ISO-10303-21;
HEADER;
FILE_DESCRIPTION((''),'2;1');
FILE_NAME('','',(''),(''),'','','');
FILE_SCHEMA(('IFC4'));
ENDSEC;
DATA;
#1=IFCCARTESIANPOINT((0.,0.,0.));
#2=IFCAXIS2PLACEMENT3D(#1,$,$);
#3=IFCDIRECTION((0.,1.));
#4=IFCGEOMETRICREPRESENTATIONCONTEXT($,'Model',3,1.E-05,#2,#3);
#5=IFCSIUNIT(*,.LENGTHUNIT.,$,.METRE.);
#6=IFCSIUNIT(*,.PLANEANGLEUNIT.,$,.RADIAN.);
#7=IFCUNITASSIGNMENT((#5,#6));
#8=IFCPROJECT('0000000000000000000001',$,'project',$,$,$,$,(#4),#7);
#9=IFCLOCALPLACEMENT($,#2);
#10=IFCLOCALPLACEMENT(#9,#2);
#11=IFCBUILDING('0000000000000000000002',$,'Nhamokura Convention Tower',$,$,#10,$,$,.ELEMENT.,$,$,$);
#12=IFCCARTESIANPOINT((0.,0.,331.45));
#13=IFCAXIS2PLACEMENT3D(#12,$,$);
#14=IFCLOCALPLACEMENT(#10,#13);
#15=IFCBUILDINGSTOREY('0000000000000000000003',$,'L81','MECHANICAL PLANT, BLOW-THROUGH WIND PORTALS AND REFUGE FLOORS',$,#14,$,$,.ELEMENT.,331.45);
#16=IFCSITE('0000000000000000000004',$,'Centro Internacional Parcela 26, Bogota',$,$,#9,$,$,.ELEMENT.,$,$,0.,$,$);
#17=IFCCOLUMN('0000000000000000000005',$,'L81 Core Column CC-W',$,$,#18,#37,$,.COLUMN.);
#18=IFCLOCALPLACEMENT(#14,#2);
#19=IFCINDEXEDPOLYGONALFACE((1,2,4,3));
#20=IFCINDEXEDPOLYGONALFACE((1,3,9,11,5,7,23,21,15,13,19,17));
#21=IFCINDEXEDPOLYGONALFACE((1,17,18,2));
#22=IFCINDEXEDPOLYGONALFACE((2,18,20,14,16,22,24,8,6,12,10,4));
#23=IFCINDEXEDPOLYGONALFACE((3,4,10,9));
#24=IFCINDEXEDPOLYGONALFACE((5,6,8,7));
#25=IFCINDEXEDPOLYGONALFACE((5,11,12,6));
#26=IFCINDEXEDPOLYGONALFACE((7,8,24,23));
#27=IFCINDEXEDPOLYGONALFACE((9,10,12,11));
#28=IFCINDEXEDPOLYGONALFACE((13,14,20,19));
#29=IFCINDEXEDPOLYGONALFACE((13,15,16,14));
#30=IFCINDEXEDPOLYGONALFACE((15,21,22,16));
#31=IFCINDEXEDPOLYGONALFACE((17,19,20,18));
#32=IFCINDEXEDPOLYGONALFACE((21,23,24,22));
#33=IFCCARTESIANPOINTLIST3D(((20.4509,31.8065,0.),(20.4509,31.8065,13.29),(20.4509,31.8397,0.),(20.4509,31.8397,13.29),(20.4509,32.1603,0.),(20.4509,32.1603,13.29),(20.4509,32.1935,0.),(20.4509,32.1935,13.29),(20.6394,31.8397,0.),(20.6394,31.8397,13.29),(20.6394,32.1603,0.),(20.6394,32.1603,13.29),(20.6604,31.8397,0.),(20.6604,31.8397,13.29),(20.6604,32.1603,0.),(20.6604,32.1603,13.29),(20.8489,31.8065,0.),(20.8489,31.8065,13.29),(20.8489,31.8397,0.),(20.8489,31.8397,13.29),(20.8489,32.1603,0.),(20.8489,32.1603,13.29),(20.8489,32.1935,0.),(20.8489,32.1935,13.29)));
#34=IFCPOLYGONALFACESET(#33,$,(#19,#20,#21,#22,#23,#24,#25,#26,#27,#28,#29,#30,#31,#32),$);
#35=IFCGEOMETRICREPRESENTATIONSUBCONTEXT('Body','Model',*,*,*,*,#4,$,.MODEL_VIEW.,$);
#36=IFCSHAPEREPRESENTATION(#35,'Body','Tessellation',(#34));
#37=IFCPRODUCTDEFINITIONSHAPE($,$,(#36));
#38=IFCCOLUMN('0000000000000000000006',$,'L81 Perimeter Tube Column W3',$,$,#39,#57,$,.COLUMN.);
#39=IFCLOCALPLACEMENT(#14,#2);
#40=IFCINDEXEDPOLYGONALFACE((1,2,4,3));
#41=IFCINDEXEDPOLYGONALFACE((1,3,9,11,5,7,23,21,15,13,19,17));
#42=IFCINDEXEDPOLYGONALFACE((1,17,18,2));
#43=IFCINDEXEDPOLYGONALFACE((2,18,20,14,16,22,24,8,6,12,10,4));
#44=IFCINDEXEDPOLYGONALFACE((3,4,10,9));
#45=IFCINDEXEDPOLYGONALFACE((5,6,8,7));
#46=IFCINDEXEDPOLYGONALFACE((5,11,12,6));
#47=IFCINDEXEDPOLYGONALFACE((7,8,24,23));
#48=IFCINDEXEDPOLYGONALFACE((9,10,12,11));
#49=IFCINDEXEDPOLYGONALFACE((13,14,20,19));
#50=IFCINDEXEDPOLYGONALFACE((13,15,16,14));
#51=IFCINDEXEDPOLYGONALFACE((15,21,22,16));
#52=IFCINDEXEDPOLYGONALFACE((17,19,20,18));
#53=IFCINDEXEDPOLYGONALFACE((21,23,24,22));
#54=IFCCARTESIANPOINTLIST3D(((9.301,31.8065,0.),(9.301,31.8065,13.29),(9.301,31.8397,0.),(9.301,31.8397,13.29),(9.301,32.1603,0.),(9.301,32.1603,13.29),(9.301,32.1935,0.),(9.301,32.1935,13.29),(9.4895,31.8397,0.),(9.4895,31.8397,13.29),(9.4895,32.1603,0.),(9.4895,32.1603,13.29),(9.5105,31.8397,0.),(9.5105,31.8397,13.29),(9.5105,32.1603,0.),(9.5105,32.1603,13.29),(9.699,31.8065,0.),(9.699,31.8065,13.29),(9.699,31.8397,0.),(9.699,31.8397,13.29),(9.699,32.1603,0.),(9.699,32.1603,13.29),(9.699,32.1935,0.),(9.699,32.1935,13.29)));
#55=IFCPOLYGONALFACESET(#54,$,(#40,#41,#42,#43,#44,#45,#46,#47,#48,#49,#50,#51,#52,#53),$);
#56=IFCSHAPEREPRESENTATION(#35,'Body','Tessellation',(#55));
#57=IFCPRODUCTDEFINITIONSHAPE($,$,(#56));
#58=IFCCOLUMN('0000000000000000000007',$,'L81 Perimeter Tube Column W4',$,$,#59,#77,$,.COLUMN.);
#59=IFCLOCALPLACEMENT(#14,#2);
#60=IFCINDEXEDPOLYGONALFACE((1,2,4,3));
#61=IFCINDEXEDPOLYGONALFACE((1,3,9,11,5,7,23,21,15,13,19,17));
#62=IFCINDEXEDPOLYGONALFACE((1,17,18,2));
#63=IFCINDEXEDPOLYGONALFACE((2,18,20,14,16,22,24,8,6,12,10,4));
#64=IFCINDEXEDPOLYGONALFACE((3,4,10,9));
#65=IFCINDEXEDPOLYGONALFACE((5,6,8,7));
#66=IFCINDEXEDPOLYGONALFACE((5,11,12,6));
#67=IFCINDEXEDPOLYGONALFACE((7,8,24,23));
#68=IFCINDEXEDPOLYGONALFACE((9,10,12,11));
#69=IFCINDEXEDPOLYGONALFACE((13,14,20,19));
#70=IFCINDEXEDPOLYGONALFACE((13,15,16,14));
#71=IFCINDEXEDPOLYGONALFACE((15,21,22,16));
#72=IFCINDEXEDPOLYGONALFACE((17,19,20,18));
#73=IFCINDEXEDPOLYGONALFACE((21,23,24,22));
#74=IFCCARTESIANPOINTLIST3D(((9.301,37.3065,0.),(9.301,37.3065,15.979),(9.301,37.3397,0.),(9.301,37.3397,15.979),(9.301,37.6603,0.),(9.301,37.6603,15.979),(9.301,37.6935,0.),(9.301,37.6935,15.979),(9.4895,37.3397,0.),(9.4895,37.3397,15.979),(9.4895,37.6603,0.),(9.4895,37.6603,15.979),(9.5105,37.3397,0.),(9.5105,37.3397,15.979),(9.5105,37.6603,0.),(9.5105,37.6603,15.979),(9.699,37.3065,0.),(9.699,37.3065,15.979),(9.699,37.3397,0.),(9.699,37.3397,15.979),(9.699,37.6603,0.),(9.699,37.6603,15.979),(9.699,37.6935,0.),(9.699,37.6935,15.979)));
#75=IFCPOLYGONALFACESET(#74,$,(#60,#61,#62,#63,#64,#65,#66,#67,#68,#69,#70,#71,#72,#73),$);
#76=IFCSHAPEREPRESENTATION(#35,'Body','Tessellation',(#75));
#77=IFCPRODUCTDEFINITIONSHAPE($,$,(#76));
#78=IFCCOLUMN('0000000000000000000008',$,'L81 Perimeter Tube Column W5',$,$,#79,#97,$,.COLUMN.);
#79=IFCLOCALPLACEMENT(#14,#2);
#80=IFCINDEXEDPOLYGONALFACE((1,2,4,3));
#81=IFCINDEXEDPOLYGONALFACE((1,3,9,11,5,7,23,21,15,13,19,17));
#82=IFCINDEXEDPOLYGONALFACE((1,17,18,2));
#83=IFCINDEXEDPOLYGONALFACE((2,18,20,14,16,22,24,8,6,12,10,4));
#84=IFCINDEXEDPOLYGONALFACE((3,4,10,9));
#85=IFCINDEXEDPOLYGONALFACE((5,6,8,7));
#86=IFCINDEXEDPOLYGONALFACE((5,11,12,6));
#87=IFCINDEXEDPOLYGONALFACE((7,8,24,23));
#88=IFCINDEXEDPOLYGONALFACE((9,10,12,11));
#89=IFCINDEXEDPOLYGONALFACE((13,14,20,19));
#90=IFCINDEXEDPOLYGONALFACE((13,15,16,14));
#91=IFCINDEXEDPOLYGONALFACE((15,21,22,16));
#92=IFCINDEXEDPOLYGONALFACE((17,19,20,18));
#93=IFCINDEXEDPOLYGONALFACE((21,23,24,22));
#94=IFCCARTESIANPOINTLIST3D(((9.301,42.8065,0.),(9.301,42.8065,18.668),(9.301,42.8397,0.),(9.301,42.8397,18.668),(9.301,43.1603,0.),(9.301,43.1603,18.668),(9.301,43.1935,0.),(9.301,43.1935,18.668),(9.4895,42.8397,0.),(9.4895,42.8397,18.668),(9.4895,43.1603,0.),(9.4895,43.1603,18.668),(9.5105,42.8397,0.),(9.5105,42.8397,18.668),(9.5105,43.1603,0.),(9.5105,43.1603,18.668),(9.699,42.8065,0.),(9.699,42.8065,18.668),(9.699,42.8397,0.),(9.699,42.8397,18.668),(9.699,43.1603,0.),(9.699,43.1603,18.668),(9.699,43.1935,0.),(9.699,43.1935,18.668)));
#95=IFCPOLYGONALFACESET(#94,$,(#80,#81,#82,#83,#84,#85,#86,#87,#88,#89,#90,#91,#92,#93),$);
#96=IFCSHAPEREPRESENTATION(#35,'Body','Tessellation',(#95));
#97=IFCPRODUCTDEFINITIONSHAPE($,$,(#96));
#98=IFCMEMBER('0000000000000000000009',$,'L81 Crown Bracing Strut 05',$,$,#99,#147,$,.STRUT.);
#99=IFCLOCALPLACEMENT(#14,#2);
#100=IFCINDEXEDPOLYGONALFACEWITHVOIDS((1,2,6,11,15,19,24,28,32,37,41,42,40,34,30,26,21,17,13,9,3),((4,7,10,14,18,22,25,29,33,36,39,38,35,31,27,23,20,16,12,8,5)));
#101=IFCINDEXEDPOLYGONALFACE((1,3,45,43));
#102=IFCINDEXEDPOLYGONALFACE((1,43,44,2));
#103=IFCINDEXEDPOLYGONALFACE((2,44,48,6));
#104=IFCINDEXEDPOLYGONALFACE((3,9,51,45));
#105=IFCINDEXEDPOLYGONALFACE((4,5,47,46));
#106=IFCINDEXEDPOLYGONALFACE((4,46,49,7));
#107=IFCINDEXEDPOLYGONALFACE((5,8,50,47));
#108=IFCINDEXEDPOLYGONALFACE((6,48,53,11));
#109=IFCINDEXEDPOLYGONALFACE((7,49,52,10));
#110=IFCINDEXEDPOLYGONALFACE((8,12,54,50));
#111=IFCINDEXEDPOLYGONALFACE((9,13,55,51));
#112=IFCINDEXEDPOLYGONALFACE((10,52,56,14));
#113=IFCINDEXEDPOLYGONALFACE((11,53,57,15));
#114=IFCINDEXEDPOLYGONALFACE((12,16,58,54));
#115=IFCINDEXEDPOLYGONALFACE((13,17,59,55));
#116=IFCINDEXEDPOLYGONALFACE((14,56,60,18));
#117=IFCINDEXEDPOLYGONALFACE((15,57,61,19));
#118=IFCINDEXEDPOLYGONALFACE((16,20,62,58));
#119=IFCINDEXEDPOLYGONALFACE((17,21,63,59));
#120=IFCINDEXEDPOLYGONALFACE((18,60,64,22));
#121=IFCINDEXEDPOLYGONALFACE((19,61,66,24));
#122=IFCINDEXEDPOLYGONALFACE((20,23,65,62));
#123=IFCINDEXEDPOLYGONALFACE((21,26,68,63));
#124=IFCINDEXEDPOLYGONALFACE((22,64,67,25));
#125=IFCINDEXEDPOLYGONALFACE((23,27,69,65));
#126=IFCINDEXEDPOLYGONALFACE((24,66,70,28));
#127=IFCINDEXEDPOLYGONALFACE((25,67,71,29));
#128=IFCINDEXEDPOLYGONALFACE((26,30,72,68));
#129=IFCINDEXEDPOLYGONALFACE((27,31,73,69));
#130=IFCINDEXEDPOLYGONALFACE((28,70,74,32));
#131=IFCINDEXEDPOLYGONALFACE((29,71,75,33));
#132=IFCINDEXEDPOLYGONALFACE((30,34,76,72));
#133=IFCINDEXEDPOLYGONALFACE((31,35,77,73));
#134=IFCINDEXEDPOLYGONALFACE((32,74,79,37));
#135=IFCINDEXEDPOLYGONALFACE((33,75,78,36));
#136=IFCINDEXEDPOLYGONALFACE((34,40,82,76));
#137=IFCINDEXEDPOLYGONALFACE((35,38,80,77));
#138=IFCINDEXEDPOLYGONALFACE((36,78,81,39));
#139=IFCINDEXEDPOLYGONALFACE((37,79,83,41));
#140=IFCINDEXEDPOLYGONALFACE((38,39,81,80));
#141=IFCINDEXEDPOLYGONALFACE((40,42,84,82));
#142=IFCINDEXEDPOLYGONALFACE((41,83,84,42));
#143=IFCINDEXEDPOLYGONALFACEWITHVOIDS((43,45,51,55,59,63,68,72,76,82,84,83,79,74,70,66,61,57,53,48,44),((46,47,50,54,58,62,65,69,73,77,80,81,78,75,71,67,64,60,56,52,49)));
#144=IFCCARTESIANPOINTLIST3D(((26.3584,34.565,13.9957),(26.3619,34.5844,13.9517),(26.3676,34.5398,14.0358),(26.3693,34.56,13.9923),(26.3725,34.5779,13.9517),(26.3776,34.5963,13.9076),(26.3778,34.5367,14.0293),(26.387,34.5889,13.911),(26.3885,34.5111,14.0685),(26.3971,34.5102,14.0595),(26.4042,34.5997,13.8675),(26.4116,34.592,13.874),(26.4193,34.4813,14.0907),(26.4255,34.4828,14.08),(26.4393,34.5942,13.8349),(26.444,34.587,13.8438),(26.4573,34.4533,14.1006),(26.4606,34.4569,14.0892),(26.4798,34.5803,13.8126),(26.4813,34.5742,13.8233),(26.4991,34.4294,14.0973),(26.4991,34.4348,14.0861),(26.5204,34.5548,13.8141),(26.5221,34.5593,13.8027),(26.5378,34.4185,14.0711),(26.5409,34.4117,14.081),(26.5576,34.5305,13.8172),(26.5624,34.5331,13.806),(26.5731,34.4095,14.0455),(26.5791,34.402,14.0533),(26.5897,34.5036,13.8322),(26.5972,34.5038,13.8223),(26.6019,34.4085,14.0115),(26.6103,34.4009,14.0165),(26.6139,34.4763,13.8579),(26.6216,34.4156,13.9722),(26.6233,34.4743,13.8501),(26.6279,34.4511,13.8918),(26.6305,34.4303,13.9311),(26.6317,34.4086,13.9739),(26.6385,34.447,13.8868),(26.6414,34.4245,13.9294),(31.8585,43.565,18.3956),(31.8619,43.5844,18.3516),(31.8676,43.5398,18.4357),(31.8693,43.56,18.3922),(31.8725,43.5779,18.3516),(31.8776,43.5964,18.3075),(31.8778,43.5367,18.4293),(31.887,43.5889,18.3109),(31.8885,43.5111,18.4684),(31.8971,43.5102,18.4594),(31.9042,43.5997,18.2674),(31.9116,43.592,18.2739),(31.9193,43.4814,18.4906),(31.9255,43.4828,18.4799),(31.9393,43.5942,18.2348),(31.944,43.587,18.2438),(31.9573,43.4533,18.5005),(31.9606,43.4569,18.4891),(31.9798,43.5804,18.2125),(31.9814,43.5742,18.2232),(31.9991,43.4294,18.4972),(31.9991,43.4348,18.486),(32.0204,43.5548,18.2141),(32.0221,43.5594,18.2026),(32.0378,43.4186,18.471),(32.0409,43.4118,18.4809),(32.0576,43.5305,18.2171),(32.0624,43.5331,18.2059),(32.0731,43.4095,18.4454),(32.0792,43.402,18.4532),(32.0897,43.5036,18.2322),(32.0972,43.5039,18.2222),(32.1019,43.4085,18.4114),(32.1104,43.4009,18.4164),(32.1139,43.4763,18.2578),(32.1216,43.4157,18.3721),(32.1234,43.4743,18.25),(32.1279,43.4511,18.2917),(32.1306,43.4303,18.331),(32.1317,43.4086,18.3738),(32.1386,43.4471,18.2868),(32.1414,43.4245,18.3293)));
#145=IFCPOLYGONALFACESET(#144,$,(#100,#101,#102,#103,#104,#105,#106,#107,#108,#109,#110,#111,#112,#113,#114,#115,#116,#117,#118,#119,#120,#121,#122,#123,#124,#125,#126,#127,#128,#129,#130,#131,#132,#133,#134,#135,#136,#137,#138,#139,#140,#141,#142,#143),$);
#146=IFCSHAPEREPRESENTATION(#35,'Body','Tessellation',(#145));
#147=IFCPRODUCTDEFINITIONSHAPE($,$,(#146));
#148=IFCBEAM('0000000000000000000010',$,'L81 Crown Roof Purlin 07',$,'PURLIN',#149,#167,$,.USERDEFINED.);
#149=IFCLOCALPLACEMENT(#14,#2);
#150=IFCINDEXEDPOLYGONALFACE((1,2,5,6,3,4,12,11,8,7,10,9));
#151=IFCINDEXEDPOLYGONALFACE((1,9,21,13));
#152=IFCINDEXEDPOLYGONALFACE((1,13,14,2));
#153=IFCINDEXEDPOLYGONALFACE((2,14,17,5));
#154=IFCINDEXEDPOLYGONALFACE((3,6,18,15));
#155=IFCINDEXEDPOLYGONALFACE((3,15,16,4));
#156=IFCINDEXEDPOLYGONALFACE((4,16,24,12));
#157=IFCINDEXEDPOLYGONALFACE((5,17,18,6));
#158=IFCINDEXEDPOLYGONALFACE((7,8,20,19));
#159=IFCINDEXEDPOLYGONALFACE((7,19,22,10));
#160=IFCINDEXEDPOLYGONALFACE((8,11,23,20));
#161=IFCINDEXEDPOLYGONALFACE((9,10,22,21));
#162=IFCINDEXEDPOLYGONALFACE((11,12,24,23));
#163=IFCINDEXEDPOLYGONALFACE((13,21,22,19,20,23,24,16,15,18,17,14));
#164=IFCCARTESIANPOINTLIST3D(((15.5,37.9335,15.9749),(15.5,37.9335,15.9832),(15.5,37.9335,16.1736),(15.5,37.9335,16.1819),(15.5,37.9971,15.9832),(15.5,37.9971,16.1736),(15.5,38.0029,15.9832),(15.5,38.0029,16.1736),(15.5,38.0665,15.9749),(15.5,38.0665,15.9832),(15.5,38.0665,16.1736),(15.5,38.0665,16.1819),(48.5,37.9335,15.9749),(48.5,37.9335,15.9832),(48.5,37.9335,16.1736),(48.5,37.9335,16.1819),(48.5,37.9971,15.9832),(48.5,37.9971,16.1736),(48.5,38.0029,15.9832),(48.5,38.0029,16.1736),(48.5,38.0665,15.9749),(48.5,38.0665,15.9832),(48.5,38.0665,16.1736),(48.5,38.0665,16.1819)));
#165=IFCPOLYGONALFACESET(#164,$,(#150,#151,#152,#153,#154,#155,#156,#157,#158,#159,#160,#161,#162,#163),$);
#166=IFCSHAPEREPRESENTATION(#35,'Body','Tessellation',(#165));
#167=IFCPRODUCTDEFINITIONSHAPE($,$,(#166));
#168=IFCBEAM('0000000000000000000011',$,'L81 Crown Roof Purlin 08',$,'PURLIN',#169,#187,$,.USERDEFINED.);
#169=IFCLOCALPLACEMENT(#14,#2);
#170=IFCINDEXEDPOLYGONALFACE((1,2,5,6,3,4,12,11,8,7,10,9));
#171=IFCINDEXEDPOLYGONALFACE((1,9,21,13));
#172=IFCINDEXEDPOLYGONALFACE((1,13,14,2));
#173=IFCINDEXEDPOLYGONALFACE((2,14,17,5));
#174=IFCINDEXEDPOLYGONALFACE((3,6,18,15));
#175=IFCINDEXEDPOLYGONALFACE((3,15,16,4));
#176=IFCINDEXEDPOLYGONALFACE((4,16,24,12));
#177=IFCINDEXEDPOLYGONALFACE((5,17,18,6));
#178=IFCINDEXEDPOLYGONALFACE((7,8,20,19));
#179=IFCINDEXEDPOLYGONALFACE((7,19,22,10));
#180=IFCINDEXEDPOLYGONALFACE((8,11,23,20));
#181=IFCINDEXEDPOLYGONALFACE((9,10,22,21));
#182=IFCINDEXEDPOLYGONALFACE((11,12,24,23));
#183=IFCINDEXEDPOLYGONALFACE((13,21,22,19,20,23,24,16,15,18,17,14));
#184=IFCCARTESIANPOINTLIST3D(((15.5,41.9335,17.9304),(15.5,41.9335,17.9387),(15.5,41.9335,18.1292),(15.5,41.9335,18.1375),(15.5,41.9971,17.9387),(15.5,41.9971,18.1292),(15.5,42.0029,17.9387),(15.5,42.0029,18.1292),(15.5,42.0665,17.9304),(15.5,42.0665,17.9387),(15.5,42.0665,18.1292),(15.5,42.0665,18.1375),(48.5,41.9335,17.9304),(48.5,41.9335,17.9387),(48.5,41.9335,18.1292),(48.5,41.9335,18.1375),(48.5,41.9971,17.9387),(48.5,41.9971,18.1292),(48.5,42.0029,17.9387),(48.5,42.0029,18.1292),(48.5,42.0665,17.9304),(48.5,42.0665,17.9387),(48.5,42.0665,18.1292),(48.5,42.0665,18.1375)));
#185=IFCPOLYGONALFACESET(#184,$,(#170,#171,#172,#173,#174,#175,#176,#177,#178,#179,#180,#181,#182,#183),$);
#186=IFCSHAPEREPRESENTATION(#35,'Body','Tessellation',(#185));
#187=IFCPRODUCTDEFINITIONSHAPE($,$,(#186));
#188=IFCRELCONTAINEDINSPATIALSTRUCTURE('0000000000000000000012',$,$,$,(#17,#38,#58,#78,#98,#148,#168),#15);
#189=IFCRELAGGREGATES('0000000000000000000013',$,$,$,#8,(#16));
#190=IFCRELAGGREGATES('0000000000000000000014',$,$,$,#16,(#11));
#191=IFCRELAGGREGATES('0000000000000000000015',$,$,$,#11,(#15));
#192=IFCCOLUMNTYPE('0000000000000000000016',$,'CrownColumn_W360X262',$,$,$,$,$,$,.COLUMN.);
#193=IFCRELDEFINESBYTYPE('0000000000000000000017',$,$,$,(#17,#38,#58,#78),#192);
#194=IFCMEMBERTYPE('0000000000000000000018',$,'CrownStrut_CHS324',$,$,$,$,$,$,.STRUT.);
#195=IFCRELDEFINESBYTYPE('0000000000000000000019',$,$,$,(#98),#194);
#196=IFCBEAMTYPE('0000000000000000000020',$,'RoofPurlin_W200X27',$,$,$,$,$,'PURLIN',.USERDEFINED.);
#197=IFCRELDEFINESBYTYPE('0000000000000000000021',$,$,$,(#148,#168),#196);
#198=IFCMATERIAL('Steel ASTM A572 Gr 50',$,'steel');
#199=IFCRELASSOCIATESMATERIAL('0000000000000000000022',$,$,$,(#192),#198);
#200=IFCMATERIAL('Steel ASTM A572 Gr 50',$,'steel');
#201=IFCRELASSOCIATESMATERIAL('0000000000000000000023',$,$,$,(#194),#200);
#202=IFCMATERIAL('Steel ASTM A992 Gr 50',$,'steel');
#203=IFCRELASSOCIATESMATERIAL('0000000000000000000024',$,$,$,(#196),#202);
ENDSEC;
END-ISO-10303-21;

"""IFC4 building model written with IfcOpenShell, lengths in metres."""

from ifc_helpers import new_model, si_unit, direction, frame, origin, origin_2d, place, context, subcontext, project, spatial, hollow_circle, i_section, extrude, material, material_profile, profile_set, type_object, element, save


model = new_model("IFC4")

# Units and contexts
model_context = context("Model", 3, precision=1e-05, world=origin(), true_north=direction((0.0, 1.0)))
body_context = subcontext(model_context, "Body", "Model", "MODEL_VIEW")
ifc_project = project(units=[si_unit("LENGTHUNIT", "METRE"), si_unit("PLANEANGLEUNIT", "RADIAN")], contexts=[model_context])

# Site, building, storey
site_placement = place(None, origin())
site = spatial("IfcSite", under=ifc_project, at=site_placement, Name="Centro Internacional Parcela 26, Bogota", CompositionType="ELEMENT", RefElevation=0.0)
building_placement = place(site_placement, origin())
building = spatial("IfcBuilding", under=site, at=building_placement, Name="Nhamokura Convention Tower", CompositionType="ELEMENT")
storey_placement = place(building_placement, frame((0.0, 0.0, 331.45)))
storey = spatial("IfcBuildingStorey", under=building, at=storey_placement, Name="L81", Description="MECHANICAL PLANT, BLOW-THROUGH WIND PORTALS AND REFUGE FLOORS", CompositionType="ELEMENT", Elevation=331.45)

# Columns
ifc_material_1 = material(Name="Steel ASTM A572 Gr 50", Category="steel")
ifc_material_profile_1 = material_profile(ifc_material_1, i_section(OverallWidth=0.3979, OverallDepth=0.387, WebThickness=0.021, FlangeThickness=0.0332, at=origin_2d()))
ifc_profile_set_1 = profile_set([ifc_material_profile_1], Name="Steel ASTM A572 Gr 50")
column_type = type_object("IfcColumnType", Name="CrownColumn_W360X262", PredefinedType="COLUMN", material=ifc_profile_set_1)
for number, where, z_axis, x_axis, name in (
    (1, (20.6499, 32.0, 0.0), (0.0, 0.0, 1.0), (1.0, 0.0, 0.0), "L81 Core Column CC-W"),
    (2, (9.5, 32.0, 0.0), (0.0, 0.0, 1.0), (1.0, 0.0, 0.0), "L81 Perimeter Tube Column W3"),
):
    element("IfcColumn", number, at=place(storey_placement, frame(where, z_axis=z_axis, x_axis=x_axis)), inside=storey, type_object=column_type, Name=name, PredefinedType="COLUMN", context=body_context, shape_type="SweptSolid", body=[
        extrude(i_section(OverallWidth=0.3979, OverallDepth=0.387, WebThickness=0.021, FlangeThickness=0.0332, at=origin_2d()), origin(), (0.0, 0.0, 1.0), 13.29),
    ])
column_1_placement = place(storey_placement, frame((9.5, 37.5, 0.0), z_axis=(0.0, 0.0, 1.0), x_axis=(1.0, 0.0, 0.0)))
element("IfcColumn", 3, at=column_1_placement, inside=storey, type_object=column_type, Name="L81 Perimeter Tube Column W4", PredefinedType="COLUMN", context=body_context, shape_type="SweptSolid", body=[
    extrude(i_section(OverallWidth=0.3979, OverallDepth=0.387, WebThickness=0.021, FlangeThickness=0.0332, at=origin_2d()), origin(), (0.0, 0.0, 1.0), 15.979),
])
column_2_placement = place(storey_placement, frame((9.5, 43.0, 0.0), z_axis=(0.0, 0.0, 1.0), x_axis=(1.0, 0.0, 0.0)))
element("IfcColumn", 4, at=column_2_placement, inside=storey, type_object=column_type, Name="L81 Perimeter Tube Column W5", PredefinedType="COLUMN", context=body_context, shape_type="SweptSolid", body=[
    extrude(i_section(OverallWidth=0.3979, OverallDepth=0.387, WebThickness=0.021, FlangeThickness=0.0332, at=origin_2d()), origin(), (0.0, 0.0, 1.0), 18.668),
])

# Member
ifc_material_2 = material(Name="Steel ASTM A572 Gr 50", Category="steel")
ifc_material_profile_2 = material_profile(ifc_material_2, hollow_circle(Radius=0.1619, WallThickness=0.0125, at=origin_2d()))
ifc_profile_set_2 = profile_set([ifc_material_profile_2], Name="Steel ASTM A572 Gr 50")
member_type = type_object("IfcMemberType", Name="CrownStrut_CHS324", PredefinedType="STRUT", material=ifc_profile_set_2)
member_placement = place(storey_placement, frame((26.5, 34.5, 13.9517), z_axis=(0.481256, 0.787509, 0.384996), x_axis=(-0.853282, 0.52145, 0.0)))
element("IfcMember", 5, at=member_placement, inside=storey, type_object=member_type, Name="L81 Crown Bracing Strut 05", PredefinedType="STRUT", context=body_context, shape_type="SweptSolid", body=[
    extrude(hollow_circle(Radius=0.1619, WallThickness=0.0125, at=origin_2d()), origin(), (0.0, 0.0, 1.0), 11.4285),
])

# Beams
ifc_material_3 = material(Name="Steel ASTM A992 Gr 50", Category="steel")
ifc_material_profile_3 = material_profile(ifc_material_3, i_section(OverallWidth=0.1331, OverallDepth=0.207, WebThickness=0.0059, FlangeThickness=0.0083, at=origin_2d()))
ifc_profile_set_3 = profile_set([ifc_material_profile_3], Name="Steel ASTM A992 Gr 50")
beam_type_1 = type_object("IfcBeamType", Name="RoofPurlin_W200X27", ElementType="PURLIN", PredefinedType="USERDEFINED", material=ifc_profile_set_3)
for number, where, z_axis, x_axis, name in (
    (6, (15.5, 38.0, 16.0784), (1.0, 0.0, 0.0), (0.0, 1.0, 0.0), "L81 Crown Roof Purlin 07"),
    (7, (15.5, 42.0, 18.0339), (1.0, 0.0, 0.0), (0.0, 1.0, 0.0), "L81 Crown Roof Purlin 08"),
):
    element("IfcBeam", number, at=place(storey_placement, frame(where, z_axis=z_axis, x_axis=x_axis)), inside=storey, type_object=beam_type_1, Name=name, ObjectType="PURLIN", PredefinedType="USERDEFINED", context=body_context, shape_type="SweptSolid", body=[
        extrude(i_section(OverallWidth=0.1331, OverallDepth=0.207, WebThickness=0.0059, FlangeThickness=0.0083, at=origin_2d()), origin(), (0.0, 0.0, 1.0), 33.0),
    ])

save(model, "model.ifc")
